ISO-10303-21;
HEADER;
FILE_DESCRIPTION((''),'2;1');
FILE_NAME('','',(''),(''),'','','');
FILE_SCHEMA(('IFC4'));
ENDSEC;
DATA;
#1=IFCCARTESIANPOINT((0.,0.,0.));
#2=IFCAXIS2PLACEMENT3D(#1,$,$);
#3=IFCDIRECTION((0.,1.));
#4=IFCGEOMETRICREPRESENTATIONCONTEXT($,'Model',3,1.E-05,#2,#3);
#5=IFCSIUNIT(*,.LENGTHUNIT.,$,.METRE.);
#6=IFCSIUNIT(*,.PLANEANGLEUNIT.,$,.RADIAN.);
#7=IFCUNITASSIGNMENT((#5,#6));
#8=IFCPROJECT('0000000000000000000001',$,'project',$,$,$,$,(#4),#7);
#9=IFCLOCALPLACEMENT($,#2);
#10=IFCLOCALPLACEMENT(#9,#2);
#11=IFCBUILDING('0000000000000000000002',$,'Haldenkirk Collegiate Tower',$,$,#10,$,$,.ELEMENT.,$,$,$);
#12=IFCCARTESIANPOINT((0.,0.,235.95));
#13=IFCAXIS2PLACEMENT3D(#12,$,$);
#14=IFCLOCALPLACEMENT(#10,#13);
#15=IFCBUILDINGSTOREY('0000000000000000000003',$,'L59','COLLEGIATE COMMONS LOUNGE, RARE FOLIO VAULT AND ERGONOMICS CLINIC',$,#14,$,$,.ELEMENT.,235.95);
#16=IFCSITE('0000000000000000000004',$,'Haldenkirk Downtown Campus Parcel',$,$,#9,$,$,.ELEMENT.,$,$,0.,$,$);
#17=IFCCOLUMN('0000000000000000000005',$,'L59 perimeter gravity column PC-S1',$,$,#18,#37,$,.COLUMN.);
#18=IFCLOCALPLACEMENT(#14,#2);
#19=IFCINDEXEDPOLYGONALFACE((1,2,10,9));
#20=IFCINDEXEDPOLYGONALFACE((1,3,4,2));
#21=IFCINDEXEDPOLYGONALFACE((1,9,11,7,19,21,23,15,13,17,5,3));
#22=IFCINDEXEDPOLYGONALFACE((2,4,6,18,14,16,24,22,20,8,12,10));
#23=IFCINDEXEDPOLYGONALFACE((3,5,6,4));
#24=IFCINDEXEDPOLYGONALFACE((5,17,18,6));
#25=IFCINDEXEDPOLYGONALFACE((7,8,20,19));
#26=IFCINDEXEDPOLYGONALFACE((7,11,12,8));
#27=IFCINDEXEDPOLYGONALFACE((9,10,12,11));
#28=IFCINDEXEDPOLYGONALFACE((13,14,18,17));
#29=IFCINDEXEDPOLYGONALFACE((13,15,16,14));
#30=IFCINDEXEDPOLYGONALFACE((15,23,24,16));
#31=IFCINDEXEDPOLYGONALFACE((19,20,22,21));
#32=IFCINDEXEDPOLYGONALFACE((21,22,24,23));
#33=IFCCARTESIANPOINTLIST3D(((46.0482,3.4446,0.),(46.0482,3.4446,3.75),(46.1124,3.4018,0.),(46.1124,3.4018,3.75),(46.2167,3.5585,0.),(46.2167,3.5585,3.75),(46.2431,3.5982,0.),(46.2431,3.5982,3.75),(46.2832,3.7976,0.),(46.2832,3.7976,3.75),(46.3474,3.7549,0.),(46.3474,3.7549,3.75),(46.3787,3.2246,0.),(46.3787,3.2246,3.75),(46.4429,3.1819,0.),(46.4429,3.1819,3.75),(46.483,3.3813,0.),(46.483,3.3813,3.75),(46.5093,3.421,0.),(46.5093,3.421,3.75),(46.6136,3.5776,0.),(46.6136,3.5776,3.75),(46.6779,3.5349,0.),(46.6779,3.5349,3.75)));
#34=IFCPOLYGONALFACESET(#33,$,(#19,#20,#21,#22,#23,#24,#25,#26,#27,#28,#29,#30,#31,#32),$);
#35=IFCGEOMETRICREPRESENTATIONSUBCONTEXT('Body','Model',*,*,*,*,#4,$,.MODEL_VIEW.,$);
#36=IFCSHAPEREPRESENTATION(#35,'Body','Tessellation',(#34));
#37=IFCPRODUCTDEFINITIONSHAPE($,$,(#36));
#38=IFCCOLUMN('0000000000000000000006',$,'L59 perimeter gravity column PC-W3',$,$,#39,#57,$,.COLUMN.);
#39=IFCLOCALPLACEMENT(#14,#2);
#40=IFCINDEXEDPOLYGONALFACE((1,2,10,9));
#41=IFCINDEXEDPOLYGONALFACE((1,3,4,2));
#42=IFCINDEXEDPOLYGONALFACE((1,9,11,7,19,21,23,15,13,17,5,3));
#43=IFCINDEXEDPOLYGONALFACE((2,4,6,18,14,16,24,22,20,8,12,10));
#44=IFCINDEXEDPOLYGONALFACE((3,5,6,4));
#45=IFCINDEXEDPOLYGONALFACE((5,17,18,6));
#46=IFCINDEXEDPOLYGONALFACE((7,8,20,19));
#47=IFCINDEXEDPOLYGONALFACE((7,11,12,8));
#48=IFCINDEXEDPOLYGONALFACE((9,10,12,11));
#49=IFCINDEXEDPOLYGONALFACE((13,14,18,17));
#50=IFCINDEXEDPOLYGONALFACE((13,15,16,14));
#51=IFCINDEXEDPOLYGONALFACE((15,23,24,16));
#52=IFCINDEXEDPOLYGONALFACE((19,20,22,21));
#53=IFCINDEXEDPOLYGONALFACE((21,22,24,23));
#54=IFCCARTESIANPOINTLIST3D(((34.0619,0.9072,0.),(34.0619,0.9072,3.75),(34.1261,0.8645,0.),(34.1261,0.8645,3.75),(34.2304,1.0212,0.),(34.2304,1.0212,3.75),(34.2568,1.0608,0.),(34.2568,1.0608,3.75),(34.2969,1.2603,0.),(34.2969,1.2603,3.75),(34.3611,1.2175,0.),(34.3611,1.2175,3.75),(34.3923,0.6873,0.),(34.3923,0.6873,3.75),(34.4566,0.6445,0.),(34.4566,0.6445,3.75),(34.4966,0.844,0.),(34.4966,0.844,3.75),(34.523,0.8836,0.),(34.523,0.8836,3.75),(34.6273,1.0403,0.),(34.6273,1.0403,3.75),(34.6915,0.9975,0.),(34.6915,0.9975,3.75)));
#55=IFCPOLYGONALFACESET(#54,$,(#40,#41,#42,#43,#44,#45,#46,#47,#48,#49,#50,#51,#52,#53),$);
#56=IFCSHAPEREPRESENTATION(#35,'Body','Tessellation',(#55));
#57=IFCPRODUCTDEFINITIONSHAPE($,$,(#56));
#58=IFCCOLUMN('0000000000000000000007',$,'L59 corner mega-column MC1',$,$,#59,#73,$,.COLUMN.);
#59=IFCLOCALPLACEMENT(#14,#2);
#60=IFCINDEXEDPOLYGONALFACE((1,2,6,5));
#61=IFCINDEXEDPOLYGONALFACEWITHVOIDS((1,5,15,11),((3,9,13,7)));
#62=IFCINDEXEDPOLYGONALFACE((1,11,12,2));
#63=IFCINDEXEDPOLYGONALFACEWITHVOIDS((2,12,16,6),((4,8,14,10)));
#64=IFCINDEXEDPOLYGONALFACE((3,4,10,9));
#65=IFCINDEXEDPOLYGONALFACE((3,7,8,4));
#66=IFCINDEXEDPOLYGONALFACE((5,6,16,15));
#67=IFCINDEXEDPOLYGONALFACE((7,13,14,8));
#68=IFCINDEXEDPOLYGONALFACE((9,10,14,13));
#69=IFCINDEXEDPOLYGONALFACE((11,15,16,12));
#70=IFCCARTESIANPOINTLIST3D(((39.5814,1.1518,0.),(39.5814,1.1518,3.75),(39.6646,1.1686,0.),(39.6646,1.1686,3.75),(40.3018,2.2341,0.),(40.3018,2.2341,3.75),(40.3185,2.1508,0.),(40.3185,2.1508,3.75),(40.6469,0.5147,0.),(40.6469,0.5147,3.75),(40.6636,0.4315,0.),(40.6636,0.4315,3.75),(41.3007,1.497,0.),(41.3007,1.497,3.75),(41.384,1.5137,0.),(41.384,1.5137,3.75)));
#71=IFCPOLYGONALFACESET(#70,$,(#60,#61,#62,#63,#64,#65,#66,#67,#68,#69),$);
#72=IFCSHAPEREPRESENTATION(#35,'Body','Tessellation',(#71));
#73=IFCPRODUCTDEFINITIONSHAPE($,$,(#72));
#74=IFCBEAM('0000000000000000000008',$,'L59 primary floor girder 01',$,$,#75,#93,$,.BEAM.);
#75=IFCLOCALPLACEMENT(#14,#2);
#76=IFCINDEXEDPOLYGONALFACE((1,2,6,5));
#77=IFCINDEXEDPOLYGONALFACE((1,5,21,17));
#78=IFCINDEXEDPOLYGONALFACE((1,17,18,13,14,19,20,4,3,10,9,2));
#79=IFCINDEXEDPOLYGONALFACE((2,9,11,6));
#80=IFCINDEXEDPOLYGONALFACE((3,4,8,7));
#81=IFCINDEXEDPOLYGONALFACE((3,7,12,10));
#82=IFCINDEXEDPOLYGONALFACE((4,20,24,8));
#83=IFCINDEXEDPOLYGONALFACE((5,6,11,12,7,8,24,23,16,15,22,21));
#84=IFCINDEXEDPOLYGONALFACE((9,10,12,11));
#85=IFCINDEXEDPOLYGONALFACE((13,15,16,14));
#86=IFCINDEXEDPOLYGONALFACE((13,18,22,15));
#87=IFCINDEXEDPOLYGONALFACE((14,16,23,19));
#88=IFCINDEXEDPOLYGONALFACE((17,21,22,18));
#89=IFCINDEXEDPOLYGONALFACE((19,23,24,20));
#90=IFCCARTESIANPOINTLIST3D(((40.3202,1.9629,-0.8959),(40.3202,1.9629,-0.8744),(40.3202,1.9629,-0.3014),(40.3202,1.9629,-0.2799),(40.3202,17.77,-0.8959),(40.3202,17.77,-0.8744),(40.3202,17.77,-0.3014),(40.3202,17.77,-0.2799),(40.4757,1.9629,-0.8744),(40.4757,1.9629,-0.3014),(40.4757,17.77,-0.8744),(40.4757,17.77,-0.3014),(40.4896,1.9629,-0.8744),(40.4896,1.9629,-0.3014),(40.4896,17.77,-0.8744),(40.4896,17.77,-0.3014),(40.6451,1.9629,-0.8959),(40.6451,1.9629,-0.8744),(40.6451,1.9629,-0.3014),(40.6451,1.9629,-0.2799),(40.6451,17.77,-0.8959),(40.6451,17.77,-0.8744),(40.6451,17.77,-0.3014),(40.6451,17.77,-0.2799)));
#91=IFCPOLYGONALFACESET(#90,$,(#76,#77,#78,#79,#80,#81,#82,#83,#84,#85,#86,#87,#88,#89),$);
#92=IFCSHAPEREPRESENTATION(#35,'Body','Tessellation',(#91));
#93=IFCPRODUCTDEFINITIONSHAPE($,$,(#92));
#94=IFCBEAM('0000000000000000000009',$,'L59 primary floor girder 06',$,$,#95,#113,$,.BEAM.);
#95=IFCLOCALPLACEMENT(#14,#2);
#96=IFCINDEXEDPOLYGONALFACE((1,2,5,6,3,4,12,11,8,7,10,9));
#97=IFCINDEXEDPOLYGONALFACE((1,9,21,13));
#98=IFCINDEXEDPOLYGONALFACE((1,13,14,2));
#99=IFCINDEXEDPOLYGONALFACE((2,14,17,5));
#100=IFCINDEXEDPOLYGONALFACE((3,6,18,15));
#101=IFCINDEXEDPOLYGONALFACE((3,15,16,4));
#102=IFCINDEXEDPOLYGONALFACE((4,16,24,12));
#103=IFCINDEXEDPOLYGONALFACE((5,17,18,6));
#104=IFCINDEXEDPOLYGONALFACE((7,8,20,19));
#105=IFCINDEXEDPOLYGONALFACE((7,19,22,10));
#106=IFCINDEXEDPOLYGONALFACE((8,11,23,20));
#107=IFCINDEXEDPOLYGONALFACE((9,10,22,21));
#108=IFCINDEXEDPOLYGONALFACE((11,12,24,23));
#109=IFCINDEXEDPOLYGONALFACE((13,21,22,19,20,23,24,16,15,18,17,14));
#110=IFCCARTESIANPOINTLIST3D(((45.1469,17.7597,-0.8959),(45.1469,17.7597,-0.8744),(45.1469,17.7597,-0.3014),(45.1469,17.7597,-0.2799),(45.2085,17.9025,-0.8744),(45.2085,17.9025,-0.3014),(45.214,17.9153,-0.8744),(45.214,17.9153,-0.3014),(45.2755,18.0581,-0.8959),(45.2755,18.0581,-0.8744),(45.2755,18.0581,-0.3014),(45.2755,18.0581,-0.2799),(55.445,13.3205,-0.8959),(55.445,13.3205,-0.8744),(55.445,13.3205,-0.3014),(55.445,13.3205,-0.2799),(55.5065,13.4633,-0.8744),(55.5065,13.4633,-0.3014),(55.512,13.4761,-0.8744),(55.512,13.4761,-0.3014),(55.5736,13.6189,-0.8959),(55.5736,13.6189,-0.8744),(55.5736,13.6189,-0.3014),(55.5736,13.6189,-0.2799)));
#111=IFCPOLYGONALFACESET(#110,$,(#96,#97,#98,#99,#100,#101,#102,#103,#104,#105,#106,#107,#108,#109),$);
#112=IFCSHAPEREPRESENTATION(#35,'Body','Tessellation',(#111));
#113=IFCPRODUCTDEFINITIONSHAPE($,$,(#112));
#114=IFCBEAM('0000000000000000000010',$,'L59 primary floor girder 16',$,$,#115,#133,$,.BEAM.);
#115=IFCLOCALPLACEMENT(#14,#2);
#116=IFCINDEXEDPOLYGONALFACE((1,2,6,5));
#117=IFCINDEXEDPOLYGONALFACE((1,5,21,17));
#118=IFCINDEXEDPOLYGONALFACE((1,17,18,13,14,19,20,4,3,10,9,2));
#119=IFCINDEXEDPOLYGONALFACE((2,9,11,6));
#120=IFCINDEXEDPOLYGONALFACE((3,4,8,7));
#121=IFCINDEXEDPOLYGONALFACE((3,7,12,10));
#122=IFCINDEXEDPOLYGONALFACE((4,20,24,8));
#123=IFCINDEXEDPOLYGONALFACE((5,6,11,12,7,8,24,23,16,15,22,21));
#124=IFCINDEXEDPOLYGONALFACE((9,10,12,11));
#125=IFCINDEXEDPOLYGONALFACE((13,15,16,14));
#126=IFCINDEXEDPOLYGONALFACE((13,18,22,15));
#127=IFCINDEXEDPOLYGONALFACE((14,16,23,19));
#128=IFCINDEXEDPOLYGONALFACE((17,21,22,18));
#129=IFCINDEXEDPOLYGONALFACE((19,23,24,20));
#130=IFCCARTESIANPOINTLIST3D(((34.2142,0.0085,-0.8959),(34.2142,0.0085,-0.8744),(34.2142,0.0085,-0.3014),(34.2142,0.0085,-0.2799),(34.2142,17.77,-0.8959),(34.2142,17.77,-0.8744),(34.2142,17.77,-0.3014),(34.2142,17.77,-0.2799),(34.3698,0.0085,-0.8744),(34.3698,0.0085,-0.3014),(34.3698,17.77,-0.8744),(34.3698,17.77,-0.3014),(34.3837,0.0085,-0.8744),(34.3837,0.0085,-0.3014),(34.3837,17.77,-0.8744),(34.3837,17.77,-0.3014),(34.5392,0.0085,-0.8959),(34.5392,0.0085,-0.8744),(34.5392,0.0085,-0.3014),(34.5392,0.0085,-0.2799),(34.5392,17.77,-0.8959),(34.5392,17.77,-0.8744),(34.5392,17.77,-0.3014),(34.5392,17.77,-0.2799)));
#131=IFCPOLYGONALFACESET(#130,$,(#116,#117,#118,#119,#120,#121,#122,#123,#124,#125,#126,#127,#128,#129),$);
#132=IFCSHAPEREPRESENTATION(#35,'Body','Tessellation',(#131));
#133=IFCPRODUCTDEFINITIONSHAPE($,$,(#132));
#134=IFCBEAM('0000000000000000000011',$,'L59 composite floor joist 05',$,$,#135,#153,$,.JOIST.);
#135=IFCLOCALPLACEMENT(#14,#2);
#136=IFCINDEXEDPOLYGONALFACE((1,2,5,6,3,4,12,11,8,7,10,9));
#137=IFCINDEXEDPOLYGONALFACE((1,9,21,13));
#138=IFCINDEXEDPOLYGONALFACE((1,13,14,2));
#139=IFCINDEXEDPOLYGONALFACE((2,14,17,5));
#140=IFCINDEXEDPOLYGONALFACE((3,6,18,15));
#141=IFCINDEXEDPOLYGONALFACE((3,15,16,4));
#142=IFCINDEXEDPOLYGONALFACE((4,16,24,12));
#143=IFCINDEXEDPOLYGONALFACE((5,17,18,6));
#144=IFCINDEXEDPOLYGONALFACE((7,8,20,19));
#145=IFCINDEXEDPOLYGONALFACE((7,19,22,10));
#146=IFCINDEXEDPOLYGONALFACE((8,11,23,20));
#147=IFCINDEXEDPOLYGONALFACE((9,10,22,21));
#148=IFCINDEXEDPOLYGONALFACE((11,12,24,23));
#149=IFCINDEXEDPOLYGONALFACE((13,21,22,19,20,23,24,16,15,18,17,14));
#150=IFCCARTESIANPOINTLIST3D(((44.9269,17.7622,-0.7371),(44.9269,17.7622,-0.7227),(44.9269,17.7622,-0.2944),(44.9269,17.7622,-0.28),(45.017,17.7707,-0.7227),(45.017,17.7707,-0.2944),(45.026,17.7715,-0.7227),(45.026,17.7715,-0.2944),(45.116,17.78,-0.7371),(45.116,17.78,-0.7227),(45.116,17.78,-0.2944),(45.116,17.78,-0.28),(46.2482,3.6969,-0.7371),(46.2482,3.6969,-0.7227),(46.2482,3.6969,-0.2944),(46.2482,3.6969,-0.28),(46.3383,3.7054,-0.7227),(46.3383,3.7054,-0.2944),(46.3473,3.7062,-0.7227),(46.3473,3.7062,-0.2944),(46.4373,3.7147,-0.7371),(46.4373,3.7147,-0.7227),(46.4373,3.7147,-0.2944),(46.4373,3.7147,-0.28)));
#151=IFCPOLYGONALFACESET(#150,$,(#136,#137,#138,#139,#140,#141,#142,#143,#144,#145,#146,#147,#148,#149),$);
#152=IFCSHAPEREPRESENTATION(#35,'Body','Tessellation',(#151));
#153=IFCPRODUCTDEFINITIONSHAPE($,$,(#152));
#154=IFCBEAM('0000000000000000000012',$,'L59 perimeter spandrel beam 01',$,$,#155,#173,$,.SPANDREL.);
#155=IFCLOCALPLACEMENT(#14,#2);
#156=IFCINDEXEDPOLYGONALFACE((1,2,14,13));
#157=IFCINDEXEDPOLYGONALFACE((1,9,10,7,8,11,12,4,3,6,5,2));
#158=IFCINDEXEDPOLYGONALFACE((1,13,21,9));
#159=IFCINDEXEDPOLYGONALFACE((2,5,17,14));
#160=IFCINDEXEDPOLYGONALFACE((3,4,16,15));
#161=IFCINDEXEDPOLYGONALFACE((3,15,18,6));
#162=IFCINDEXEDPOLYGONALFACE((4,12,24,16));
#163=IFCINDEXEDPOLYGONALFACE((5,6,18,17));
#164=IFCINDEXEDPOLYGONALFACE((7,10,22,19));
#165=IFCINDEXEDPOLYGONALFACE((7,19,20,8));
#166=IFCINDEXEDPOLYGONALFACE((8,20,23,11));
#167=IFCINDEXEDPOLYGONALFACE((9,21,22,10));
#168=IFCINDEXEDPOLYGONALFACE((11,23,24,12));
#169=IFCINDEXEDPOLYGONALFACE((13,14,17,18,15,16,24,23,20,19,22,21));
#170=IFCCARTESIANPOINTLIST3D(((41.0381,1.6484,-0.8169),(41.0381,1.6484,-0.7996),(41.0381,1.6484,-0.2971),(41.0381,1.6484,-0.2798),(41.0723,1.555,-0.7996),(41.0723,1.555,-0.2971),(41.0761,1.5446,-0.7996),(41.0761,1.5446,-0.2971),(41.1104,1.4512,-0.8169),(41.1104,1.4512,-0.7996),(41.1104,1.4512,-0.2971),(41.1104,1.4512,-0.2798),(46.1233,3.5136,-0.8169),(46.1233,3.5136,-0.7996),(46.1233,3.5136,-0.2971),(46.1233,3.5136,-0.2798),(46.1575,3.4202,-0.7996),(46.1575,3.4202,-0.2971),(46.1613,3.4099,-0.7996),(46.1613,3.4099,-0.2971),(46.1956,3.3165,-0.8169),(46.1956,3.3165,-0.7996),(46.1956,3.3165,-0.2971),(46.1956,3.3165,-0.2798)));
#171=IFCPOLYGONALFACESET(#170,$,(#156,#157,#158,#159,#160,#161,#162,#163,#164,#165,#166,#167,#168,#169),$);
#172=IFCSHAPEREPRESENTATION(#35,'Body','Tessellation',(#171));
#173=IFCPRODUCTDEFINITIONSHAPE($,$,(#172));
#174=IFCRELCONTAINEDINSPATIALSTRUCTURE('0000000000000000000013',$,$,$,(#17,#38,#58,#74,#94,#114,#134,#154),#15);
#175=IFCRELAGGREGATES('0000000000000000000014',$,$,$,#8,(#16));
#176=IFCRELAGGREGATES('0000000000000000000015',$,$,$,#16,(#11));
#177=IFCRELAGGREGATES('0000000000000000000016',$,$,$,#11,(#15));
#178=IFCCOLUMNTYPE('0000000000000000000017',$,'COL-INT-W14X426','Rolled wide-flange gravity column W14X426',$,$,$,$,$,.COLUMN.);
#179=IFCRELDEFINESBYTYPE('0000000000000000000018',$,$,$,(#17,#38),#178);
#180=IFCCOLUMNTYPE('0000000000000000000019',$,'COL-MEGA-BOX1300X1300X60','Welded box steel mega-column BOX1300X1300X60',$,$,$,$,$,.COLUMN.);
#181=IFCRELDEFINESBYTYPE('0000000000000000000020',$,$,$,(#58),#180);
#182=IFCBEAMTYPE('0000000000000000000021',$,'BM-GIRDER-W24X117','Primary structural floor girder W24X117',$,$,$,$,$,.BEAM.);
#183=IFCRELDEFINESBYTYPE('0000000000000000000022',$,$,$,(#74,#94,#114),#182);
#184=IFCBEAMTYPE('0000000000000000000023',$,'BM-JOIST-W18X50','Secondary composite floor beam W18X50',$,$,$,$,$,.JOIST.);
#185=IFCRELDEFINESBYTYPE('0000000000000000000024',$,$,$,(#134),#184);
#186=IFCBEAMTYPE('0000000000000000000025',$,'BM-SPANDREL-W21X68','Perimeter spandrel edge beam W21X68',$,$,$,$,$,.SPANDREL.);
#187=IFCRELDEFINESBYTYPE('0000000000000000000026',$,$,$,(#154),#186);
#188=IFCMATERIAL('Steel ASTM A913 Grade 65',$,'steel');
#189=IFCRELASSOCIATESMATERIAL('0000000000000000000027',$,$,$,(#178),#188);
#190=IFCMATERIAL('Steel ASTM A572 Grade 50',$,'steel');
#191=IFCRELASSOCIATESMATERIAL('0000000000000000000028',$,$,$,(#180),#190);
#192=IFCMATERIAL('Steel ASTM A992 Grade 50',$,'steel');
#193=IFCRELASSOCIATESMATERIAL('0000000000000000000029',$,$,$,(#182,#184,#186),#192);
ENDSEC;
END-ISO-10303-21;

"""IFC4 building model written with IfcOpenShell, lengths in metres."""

from ifc_helpers import new_model, si_unit, direction, frame, origin, origin_2d, place, context, subcontext, project, spatial, hollow_rectangle, i_section, extrude, material, material_profile, profile_set, type_object, element, save


model = new_model("IFC4")

# Units and contexts
model_context = context("Model", 3, precision=1e-05, world=origin(), true_north=direction((0.0, 1.0)))
body_context = subcontext(model_context, "Body", "Model", "MODEL_VIEW")
ifc_project = project(units=[si_unit("LENGTHUNIT", "METRE"), si_unit("PLANEANGLEUNIT", "RADIAN")], contexts=[model_context])

# Site, building, storey
site_placement = place(None, origin())
site = spatial("IfcSite", under=ifc_project, at=site_placement, Name="Haldenkirk Downtown Campus Parcel", CompositionType="ELEMENT", RefElevation=0.0)
building_placement = place(site_placement, origin())
building = spatial("IfcBuilding", under=site, at=building_placement, Name="Haldenkirk Collegiate Tower", CompositionType="ELEMENT")
storey_placement = place(building_placement, frame((0.0, 0.0, 235.95)))
storey = spatial("IfcBuildingStorey", under=building, at=storey_placement, Name="L59", Description="COLLEGIATE COMMONS LOUNGE, RARE FOLIO VAULT AND ERGONOMICS CLINIC", CompositionType="ELEMENT", Elevation=235.95)

# Columns
ifc_material_1 = material(Name="Steel ASTM A913 Grade 65", Category="steel")
ifc_material_profile_1 = material_profile(ifc_material_1, i_section(OverallWidth=0.4241, OverallDepth=0.4741, WebThickness=0.0476, FlangeThickness=0.0771, at=origin_2d()), Name="W14X426")
ifc_profile_set_1 = profile_set([ifc_material_profile_1], Name="Steel ASTM A913 Grade 65")
column_type_1 = type_object("IfcColumnType", Name="COL-INT-W14X426", Description="Rolled wide-flange gravity column W14X426", PredefinedType="COLUMN", material=ifc_profile_set_1)
for number, where, z_axis, x_axis, name in (
    (1, (46.363, 3.4897, 0.0), (0.0, 0.0, 1.0), (0.554118, 0.832438, 0.0), "L59 perimeter gravity column PC-S1"),
    (2, (34.3767, 0.9524, 0.0), (0.0, 0.0, 1.0), (0.554118, 0.832438, 0.0), "L59 perimeter gravity column PC-W3"),
):
    element("IfcColumn", number, at=place(storey_placement, frame(where, z_axis=z_axis, x_axis=x_axis)), inside=storey, type_object=column_type_1, Name=name, PredefinedType="COLUMN", context=body_context, shape_type="SweptSolid", body=[
        extrude(i_section(OverallWidth=0.4241, OverallDepth=0.4741, WebThickness=0.0476, FlangeThickness=0.0771, at=origin_2d()), origin(), (0.0, 0.0, 1.0), 3.75),
    ])
ifc_material_2 = material(Name="Steel ASTM A572 Grade 50", Category="steel")
ifc_material_profile_2 = material_profile(ifc_material_2, hollow_rectangle(XDim=1.3, YDim=1.3, WallThickness=0.0601, at=origin_2d()), Name="BOX1300X1300X60")
ifc_profile_set_2 = profile_set([ifc_material_profile_2], Name="Steel ASTM A572 Grade 50")
column_type_2 = type_object("IfcColumnType", Name="COL-MEGA-BOX1300X1300X60", Description="Welded box steel mega-column BOX1300X1300X60", PredefinedType="COLUMN", material=ifc_profile_set_2)
column_placement = place(storey_placement, frame((40.4827, 1.3328, 0.0), z_axis=(0.0, 0.0, 1.0), x_axis=(0.554118, 0.832438, 0.0)))
element("IfcColumn", 3, at=column_placement, inside=storey, type_object=column_type_2, Name="L59 corner mega-column MC1", PredefinedType="COLUMN", context=body_context, shape_type="SweptSolid", body=[
    extrude(hollow_rectangle(XDim=1.3, YDim=1.3, WallThickness=0.0601, at=origin_2d()), origin(), (0.0, 0.0, 1.0), 3.75),
])

# Beams
ifc_material_3 = material(Name="Steel ASTM A992 Grade 50", Category="steel")
ifc_material_profile_3 = material_profile(ifc_material_3, i_section(OverallWidth=0.325, OverallDepth=0.616, WebThickness=0.0139, FlangeThickness=0.0215, at=origin_2d()), Name="W24X117")
ifc_profile_set_3 = profile_set([ifc_material_profile_3], Name="Steel ASTM A992 Grade 50")
beam_type_1 = type_object("IfcBeamType", Name="BM-GIRDER-W24X117", Description="Primary structural floor girder W24X117", PredefinedType="BEAM", material=ifc_profile_set_3)
beam_1_placement = place(storey_placement, frame((40.4827, 1.9629, -0.5879), z_axis=(0.0, 1.0, 0.0), x_axis=(-1.0, 0.0, 0.0)))
element("IfcBeam", 4, at=beam_1_placement, inside=storey, type_object=beam_type_1, Name="L59 primary floor girder 01", PredefinedType="BEAM", context=body_context, shape_type="SweptSolid", body=[
    extrude(i_section(OverallWidth=0.325, OverallDepth=0.616, WebThickness=0.0139, FlangeThickness=0.0215, at=origin_2d()), origin(), (0.0, 0.0, 1.0), 15.8071),
])
beam_2_placement = place(storey_placement, frame((55.5093, 13.4697, -0.5879), z_axis=(-0.918312, 0.395858, 0.0), x_axis=(-0.395858, -0.918312, 0.0)))
element("IfcBeam", 5, at=beam_2_placement, inside=storey, type_object=beam_type_1, Name="L59 primary floor girder 06", PredefinedType="BEAM", context=body_context, shape_type="SweptSolid", body=[
    extrude(i_section(OverallWidth=0.325, OverallDepth=0.616, WebThickness=0.0139, FlangeThickness=0.0215, at=origin_2d()), origin(), (0.0, 0.0, 1.0), 11.2141),
])
beam_3_placement = place(storey_placement, frame((34.3767, 0.0085, -0.5879), z_axis=(0.0, 1.0, 0.0), x_axis=(-1.0, 0.0, 0.0)))
element("IfcBeam", 6, at=beam_3_placement, inside=storey, type_object=beam_type_1, Name="L59 primary floor girder 16", PredefinedType="BEAM", context=body_context, shape_type="SweptSolid", body=[
    extrude(i_section(OverallWidth=0.325, OverallDepth=0.616, WebThickness=0.0139, FlangeThickness=0.0215, at=origin_2d()), origin(), (0.0, 0.0, 1.0), 17.7615),
])
ifc_material_profile_4 = material_profile(ifc_material_3, i_section(OverallWidth=0.1899, OverallDepth=0.457, WebThickness=0.009, FlangeThickness=0.0144, at=origin_2d()), Name="W18X50")
ifc_profile_set_4 = profile_set([ifc_material_profile_4], Name="Steel ASTM A992 Grade 50")
beam_type_2 = type_object("IfcBeamType", Name="BM-JOIST-W18X50", Description="Secondary composite floor beam W18X50", PredefinedType="JOIST", material=ifc_profile_set_4)
beam_4_placement = place(storey_placement, frame((46.3428, 3.7058, -0.5085), z_axis=(-0.093529, 0.995617, 0.0), x_axis=(-0.995617, -0.093529, 0.0)))
element("IfcBeam", 7, at=beam_4_placement, inside=storey, type_object=beam_type_2, Name="L59 composite floor joist 05", PredefinedType="JOIST", context=body_context, shape_type="SweptSolid", body=[
    extrude(i_section(OverallWidth=0.1899, OverallDepth=0.457, WebThickness=0.009, FlangeThickness=0.0144, at=origin_2d()), origin(), (0.0, 0.0, 1.0), 14.1272),
])
ifc_material_profile_5 = material_profile(ifc_material_3, i_section(OverallWidth=0.21, OverallDepth=0.5371, WebThickness=0.011, FlangeThickness=0.0173, at=origin_2d()), Name="W21X68")
ifc_profile_set_5 = profile_set([ifc_material_profile_5], Name="Steel ASTM A992 Grade 50")
beam_type_3 = type_object("IfcBeamType", Name="BM-SPANDREL-W21X68", Description="Perimeter spandrel edge beam W21X68", PredefinedType="SPANDREL", material=ifc_profile_set_5)
beam_5_placement = place(storey_placement, frame((41.0742, 1.5498, -0.5483), z_axis=(0.938837, 0.344362, 0.0), x_axis=(-0.344362, 0.938837, 0.0)))
element("IfcBeam", 8, at=beam_5_placement, inside=storey, type_object=beam_type_3, Name="L59 perimeter spandrel beam 01", PredefinedType="SPANDREL", context=body_context, shape_type="SweptSolid", body=[
    extrude(i_section(OverallWidth=0.21, OverallDepth=0.5371, WebThickness=0.011, FlangeThickness=0.0173, at=origin_2d()), origin(), (0.0, 0.0, 1.0), 5.4165),
])

save(model, "model.ifc")
